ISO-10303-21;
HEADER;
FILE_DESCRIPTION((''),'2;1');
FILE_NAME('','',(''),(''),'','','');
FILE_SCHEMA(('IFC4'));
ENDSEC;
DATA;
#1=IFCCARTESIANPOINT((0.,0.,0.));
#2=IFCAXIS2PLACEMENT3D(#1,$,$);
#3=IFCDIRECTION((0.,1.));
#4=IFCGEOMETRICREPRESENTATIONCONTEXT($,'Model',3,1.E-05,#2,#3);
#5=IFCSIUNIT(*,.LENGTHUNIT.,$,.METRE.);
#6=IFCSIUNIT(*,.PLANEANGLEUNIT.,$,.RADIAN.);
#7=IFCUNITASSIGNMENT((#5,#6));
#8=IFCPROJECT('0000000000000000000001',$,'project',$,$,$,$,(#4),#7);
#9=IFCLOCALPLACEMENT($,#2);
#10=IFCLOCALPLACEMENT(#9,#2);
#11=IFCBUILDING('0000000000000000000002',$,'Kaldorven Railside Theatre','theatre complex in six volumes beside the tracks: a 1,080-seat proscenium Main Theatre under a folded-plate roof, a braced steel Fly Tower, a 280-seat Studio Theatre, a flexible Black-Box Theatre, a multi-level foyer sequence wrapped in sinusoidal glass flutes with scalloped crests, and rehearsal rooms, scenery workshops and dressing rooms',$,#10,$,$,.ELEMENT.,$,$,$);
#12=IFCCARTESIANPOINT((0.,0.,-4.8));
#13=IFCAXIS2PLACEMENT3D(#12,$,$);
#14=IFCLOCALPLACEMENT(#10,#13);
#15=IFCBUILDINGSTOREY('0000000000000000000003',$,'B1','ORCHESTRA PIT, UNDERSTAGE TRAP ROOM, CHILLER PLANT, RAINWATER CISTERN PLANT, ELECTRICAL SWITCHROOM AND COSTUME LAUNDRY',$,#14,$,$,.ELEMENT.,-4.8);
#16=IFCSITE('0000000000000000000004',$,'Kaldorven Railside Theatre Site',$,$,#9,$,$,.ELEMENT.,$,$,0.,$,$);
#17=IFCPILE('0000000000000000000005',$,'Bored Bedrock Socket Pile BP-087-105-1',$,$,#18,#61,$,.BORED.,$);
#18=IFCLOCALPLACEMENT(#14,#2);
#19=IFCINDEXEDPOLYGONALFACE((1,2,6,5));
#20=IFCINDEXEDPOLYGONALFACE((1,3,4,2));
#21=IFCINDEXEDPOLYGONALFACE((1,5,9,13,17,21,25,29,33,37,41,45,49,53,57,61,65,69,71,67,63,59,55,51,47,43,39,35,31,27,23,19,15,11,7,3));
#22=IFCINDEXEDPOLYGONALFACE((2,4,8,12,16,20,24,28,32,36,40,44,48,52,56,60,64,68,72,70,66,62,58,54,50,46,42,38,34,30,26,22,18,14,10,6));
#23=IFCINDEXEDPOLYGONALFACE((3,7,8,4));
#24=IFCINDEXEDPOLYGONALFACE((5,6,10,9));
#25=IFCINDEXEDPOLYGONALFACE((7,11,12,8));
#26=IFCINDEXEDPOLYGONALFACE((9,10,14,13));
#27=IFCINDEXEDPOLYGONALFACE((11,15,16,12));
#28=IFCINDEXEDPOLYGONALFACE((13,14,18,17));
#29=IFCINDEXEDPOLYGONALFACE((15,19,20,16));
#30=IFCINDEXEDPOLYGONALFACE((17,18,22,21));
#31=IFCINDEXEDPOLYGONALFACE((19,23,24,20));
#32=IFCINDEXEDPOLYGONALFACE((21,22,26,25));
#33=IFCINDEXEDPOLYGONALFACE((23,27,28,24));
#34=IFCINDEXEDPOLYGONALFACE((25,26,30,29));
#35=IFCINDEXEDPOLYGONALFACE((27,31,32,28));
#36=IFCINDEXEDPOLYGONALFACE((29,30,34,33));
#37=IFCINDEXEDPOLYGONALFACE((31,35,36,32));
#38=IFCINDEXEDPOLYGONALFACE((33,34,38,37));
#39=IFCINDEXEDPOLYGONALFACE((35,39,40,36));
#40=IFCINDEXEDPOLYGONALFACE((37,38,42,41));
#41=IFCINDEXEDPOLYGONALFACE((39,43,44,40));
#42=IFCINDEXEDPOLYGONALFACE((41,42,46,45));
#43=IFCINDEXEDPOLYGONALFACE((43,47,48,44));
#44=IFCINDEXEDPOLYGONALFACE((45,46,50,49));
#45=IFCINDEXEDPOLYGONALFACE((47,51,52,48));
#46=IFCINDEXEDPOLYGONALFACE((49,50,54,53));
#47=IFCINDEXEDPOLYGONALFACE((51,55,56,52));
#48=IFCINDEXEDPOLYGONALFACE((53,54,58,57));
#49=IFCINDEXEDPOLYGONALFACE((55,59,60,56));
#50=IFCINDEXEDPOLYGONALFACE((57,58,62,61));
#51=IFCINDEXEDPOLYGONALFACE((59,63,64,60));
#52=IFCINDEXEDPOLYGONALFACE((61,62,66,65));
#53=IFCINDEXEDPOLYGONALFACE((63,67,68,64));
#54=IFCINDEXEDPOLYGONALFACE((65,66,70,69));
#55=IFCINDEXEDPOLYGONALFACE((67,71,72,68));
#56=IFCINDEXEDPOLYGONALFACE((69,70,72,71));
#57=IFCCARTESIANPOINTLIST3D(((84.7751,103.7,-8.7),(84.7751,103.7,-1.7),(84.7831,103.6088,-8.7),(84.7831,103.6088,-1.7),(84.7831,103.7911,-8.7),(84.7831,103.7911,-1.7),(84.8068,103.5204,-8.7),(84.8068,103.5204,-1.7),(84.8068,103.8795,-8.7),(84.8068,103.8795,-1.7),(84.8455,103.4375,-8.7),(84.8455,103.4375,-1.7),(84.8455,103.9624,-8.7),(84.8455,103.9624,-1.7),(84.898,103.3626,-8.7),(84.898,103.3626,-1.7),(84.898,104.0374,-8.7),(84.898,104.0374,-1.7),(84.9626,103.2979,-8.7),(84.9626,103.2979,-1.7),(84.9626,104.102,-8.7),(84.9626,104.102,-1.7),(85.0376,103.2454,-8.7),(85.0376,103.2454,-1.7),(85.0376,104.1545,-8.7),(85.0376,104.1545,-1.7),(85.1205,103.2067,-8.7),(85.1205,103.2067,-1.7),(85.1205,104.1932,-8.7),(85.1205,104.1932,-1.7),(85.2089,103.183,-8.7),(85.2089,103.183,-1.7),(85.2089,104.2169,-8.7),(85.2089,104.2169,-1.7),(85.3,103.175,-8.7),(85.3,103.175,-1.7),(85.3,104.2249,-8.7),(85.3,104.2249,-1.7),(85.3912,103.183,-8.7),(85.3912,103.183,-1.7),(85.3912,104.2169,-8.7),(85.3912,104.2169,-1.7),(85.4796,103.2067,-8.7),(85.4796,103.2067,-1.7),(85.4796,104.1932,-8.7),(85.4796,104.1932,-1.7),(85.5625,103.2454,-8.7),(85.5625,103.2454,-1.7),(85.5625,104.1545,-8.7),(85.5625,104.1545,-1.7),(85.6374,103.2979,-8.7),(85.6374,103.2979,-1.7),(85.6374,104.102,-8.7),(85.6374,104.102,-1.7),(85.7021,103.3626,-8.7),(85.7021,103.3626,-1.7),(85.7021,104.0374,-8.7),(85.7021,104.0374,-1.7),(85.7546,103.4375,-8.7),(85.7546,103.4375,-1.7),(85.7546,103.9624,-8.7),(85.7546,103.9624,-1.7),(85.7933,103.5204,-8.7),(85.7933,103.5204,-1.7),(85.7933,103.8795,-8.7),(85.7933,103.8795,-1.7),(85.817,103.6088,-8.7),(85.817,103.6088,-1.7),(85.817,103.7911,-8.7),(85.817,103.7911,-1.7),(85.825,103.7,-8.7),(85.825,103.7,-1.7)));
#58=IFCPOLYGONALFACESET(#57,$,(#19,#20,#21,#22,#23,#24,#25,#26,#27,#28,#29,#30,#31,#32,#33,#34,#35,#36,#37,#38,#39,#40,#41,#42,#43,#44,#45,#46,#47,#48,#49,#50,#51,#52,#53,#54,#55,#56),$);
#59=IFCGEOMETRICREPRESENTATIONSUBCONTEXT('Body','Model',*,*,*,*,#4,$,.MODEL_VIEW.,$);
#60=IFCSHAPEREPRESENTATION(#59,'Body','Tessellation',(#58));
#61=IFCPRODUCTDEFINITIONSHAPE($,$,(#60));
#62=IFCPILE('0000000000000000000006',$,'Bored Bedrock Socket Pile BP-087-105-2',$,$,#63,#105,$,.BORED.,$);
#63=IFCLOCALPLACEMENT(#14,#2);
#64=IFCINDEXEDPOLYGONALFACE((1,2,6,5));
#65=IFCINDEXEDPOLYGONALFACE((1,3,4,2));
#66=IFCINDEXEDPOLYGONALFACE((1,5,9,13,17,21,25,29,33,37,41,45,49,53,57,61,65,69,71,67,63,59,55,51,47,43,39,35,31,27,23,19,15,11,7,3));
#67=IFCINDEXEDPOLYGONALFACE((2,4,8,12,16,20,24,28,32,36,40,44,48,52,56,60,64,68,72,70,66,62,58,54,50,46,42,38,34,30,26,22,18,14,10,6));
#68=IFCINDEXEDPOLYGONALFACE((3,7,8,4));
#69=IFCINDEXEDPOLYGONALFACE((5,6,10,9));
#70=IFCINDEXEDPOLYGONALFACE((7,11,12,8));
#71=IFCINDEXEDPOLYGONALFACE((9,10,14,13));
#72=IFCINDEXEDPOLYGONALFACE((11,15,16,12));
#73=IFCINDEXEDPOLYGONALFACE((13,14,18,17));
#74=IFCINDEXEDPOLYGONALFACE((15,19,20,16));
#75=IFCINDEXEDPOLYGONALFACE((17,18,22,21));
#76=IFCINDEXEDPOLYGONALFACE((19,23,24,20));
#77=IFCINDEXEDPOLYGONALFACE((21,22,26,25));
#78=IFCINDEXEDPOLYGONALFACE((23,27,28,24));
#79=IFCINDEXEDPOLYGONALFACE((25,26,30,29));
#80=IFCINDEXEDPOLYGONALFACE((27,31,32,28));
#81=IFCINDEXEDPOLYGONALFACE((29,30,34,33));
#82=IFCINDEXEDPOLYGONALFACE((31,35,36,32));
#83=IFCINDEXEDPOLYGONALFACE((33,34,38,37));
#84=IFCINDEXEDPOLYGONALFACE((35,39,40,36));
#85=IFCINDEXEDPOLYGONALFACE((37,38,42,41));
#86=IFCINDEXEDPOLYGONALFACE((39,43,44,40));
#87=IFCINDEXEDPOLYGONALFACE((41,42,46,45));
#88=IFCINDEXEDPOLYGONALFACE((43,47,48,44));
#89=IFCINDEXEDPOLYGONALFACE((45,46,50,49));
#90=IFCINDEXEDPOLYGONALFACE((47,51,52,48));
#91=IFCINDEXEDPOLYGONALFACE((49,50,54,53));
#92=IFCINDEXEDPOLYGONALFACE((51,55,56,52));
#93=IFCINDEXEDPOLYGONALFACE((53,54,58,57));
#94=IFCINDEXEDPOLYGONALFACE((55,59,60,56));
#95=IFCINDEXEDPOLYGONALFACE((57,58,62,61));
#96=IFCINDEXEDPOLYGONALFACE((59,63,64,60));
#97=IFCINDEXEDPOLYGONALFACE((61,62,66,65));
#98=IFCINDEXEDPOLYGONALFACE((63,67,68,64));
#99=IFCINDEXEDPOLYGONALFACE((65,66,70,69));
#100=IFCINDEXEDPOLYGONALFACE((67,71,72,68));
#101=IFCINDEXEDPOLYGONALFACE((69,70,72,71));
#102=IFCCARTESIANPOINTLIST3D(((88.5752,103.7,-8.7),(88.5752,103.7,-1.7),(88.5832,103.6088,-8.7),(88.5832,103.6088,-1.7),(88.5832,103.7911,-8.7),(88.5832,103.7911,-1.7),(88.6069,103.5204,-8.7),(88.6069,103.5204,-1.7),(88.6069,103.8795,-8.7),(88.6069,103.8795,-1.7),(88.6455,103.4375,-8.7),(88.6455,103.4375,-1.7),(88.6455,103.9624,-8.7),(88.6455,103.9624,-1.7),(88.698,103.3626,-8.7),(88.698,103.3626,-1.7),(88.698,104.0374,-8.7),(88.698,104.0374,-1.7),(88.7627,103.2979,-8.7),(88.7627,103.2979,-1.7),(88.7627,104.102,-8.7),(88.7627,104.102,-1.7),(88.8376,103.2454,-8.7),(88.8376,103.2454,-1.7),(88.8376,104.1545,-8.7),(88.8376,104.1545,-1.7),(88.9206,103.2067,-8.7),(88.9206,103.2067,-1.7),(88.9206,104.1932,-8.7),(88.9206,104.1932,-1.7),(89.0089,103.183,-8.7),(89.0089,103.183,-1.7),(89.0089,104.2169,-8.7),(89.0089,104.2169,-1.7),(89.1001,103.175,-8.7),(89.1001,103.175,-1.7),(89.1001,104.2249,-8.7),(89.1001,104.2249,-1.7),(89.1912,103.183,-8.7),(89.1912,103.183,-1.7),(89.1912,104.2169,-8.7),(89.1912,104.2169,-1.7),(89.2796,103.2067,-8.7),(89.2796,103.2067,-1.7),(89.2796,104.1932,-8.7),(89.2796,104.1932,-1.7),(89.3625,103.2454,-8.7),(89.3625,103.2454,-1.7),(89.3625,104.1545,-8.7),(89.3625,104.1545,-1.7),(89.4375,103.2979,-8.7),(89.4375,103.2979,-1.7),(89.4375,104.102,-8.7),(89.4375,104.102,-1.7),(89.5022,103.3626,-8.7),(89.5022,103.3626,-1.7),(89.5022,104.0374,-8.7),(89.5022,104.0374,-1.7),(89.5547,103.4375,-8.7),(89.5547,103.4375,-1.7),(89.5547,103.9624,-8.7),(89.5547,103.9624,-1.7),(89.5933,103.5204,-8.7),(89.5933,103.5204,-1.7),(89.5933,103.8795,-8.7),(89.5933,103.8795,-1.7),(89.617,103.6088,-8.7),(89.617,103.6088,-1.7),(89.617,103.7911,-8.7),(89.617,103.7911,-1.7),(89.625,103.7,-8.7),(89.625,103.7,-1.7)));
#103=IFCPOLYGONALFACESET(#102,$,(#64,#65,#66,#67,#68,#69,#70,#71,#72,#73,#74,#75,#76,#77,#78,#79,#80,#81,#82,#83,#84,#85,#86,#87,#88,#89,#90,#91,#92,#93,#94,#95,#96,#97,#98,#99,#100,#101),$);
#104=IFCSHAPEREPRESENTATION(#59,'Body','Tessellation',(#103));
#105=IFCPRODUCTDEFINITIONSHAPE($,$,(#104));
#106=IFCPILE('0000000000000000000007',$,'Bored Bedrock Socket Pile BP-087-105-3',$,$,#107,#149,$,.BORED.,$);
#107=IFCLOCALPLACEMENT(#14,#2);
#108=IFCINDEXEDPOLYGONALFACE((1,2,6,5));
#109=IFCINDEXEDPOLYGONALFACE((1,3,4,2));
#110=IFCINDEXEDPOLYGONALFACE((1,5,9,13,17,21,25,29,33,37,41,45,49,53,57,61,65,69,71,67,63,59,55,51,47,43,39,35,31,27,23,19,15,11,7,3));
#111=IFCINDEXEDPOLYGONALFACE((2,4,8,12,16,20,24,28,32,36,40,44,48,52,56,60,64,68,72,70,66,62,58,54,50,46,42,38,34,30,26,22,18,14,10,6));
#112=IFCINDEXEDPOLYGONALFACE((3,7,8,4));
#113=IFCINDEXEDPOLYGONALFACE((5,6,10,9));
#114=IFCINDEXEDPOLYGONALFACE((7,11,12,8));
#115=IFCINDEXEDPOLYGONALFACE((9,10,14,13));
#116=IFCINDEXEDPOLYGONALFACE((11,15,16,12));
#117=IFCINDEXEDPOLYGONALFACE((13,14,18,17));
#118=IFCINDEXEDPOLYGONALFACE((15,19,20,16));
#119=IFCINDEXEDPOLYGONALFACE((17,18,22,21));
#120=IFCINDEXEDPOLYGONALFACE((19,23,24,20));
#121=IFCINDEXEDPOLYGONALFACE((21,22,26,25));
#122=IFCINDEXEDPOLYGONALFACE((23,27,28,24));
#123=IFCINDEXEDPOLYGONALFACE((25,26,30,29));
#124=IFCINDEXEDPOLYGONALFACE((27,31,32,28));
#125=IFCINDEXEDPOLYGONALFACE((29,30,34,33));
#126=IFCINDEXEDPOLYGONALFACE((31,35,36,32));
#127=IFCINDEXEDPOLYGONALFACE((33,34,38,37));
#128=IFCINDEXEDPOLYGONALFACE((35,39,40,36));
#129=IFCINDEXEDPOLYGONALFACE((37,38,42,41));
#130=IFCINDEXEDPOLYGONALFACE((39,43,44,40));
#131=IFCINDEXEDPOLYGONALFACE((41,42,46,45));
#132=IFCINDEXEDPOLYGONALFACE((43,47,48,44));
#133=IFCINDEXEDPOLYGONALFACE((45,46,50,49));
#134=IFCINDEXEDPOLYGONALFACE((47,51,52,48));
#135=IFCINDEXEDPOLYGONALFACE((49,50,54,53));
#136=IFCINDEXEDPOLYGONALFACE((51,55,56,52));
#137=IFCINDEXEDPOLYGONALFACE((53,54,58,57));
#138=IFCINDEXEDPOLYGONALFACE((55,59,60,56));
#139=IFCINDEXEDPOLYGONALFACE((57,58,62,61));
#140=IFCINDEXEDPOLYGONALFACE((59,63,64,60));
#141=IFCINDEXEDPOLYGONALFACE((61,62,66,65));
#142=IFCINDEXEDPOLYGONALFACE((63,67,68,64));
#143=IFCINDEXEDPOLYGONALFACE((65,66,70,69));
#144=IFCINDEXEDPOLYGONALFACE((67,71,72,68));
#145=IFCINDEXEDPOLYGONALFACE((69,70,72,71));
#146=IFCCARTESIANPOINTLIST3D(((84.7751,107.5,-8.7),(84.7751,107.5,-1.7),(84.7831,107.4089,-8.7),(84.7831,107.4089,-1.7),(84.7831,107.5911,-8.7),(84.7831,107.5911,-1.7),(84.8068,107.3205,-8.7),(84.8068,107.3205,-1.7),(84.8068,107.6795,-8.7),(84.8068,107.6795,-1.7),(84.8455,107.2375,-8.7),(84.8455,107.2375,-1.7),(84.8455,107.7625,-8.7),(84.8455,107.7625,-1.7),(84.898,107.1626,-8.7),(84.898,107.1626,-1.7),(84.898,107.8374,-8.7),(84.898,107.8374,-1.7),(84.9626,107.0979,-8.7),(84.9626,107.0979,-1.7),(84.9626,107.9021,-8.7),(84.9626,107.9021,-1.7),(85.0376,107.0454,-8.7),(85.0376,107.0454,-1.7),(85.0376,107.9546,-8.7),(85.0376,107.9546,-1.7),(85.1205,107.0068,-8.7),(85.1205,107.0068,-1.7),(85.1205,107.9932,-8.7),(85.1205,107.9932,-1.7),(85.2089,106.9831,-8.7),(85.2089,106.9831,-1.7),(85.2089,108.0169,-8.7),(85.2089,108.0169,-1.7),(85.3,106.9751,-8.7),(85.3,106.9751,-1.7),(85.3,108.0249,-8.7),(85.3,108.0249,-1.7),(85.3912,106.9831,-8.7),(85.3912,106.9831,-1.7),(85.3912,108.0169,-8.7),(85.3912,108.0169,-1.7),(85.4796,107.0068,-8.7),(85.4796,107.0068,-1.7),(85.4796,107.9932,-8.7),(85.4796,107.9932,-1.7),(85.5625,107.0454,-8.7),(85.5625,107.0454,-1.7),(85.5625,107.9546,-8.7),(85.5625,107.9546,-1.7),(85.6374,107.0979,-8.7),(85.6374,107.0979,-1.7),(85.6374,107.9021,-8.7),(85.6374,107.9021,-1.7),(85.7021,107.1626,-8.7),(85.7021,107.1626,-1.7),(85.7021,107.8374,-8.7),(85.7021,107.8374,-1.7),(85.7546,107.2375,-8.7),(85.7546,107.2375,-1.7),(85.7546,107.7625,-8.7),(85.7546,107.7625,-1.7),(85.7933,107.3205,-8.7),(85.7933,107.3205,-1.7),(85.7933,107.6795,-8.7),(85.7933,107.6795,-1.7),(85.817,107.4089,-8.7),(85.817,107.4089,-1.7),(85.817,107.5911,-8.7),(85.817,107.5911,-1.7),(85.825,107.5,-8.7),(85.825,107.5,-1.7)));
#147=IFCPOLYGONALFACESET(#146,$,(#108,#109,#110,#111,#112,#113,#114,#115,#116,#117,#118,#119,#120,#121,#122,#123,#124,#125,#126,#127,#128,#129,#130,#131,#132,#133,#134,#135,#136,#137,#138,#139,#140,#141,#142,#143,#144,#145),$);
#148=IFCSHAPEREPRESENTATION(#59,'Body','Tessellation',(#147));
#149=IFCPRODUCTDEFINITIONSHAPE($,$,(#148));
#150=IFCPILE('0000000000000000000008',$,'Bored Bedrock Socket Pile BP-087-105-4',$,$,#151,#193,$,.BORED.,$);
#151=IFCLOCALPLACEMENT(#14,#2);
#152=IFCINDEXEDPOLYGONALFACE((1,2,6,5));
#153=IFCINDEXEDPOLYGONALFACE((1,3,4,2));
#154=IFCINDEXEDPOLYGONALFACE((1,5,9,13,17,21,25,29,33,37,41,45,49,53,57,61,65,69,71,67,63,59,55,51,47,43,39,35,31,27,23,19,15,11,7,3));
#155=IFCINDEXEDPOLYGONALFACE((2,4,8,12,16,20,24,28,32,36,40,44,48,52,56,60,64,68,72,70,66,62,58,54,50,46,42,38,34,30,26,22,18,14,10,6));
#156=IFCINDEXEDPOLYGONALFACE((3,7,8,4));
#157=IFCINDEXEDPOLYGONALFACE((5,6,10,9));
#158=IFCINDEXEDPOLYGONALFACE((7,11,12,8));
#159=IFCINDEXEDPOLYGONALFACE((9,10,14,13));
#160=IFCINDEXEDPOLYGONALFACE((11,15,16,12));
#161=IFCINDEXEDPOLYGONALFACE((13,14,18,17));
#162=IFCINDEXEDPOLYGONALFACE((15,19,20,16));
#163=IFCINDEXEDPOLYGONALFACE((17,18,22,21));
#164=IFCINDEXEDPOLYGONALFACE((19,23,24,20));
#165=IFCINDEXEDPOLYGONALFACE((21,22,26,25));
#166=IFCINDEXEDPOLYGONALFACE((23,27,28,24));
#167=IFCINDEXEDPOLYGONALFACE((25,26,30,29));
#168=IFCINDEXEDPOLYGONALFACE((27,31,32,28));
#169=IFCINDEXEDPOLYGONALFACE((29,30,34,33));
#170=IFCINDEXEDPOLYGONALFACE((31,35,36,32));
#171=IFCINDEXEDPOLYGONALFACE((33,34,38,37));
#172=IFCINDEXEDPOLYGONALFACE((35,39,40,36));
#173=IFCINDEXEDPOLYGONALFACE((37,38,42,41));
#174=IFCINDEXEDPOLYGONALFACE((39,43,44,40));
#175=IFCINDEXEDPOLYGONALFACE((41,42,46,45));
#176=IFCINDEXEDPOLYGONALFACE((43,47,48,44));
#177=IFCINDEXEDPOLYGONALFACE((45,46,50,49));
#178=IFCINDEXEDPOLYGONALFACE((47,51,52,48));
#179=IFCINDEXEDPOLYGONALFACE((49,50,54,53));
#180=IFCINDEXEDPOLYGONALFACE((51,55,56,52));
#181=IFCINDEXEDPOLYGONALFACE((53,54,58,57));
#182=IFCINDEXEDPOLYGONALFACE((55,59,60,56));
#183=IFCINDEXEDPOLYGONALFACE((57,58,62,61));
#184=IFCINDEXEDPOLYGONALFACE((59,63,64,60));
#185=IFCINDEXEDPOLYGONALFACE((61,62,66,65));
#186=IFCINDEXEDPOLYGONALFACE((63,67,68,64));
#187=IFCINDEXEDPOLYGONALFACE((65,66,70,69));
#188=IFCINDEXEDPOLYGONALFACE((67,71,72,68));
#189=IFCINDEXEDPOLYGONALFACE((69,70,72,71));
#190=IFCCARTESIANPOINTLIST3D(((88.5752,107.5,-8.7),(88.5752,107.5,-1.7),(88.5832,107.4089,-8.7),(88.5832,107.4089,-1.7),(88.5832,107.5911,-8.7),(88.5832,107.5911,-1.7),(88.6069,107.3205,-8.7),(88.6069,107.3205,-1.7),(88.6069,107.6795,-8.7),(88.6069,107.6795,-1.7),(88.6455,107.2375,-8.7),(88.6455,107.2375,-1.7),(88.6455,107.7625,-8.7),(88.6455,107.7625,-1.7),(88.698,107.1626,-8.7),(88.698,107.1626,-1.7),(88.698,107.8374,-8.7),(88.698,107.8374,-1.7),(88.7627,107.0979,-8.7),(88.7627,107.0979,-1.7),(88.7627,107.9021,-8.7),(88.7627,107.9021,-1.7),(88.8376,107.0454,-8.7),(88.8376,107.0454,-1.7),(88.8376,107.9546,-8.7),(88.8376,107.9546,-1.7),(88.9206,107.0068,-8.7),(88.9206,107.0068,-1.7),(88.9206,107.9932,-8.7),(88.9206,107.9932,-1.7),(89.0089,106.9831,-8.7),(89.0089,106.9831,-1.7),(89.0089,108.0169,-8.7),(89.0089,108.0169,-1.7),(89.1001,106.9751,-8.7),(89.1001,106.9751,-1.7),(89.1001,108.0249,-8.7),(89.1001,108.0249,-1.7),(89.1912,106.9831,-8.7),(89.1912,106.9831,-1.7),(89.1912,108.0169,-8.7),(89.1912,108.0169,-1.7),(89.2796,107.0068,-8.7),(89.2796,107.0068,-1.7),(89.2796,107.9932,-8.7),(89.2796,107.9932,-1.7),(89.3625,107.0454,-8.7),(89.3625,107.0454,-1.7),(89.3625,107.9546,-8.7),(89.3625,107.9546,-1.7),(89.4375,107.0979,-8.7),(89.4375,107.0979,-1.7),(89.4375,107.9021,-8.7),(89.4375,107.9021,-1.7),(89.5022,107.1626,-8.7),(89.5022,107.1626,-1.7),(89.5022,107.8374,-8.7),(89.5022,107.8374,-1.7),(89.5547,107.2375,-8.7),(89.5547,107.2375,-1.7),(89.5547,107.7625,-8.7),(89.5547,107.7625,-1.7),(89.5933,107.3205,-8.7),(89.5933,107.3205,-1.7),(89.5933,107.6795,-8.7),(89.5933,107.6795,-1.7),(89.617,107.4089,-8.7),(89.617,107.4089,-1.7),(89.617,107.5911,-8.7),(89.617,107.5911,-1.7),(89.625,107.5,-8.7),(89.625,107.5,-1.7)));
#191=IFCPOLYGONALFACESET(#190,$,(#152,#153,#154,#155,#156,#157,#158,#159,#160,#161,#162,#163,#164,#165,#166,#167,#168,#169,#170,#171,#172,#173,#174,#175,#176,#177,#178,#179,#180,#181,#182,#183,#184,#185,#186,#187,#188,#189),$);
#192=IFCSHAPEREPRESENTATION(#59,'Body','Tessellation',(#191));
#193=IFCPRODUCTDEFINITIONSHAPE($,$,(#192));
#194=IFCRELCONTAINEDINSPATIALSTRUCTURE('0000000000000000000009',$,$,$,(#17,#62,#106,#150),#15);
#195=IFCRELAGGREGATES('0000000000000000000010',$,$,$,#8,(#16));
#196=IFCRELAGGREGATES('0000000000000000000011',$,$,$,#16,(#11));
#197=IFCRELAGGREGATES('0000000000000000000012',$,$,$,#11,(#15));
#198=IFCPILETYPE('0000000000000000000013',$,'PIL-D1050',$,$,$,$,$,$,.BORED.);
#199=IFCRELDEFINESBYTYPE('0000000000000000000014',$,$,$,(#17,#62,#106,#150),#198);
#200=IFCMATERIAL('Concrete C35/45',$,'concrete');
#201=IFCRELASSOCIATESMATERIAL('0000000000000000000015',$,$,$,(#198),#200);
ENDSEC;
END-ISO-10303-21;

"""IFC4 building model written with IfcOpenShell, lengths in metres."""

from ifc_helpers import new_model, si_unit, direction, frame, origin, origin_2d, place, context, subcontext, project, spatial, circle, extrude, material, material_profile, profile_set, type_object, element, save


model = new_model("IFC4")

# Units and contexts
model_context = context("Model", 3, precision=1e-05, world=origin(), true_north=direction((0.0, 1.0)))
body_context = subcontext(model_context, "Body", "Model", "MODEL_VIEW")
ifc_project = project(units=[si_unit("LENGTHUNIT", "METRE"), si_unit("PLANEANGLEUNIT", "RADIAN")], contexts=[model_context])

# Site, building, storey
site_placement = place(None, origin())
site = spatial("IfcSite", under=ifc_project, at=site_placement, Name="Kaldorven Railside Theatre Site", CompositionType="ELEMENT", RefElevation=0.0)
building_placement = place(site_placement, origin())
building = spatial("IfcBuilding", under=site, at=building_placement, Name="Kaldorven Railside Theatre", Description="theatre complex in six volumes beside the tracks: a 1,080-seat proscenium Main Theatre under a folded-plate roof, a braced steel Fly Tower, a 280-seat Studio Theatre, a flexible Black-Box Theatre, a multi-level foyer sequence wrapped in sinusoidal glass flutes with scalloped crests, and rehearsal rooms, scenery workshops and dressing rooms", CompositionType="ELEMENT")
storey_placement = place(building_placement, frame((0.0, 0.0, -4.8)))
storey = spatial("IfcBuildingStorey", under=building, at=storey_placement, Name="B1", Description="ORCHESTRA PIT, UNDERSTAGE TRAP ROOM, CHILLER PLANT, RAINWATER CISTERN PLANT, ELECTRICAL SWITCHROOM AND COSTUME LAUNDRY", CompositionType="ELEMENT", Elevation=-4.8)

# Piles
ifc_material_1 = material(Name="Concrete C35/45", Category="concrete")
ifc_material_profile_1 = material_profile(ifc_material_1, circle(Radius=0.5249, at=origin_2d()), Name="BP D1050")
ifc_profile_set_1 = profile_set([ifc_material_profile_1], Name="Concrete C35/45")
pile_type_1 = type_object("IfcPileType", Name="PIL-D1050", PredefinedType="BORED", material=ifc_profile_set_1)
for number, where, z_axis, x_axis, name in (
    (1, (85.3, 103.7, -1.7), (0.0, 0.0, -1.0), (1.0, 0.0, 0.0), "Bored Bedrock Socket Pile BP-087-105-1"),
    (2, (89.1001, 103.7, -1.7), (0.0, 0.0, -1.0), (1.0, 0.0, 0.0), "Bored Bedrock Socket Pile BP-087-105-2"),
    (3, (85.3, 107.5, -1.7), (0.0, 0.0, -1.0), (1.0, 0.0, 0.0), "Bored Bedrock Socket Pile BP-087-105-3"),
    (4, (89.1001, 107.5, -1.7), (0.0, 0.0, -1.0), (1.0, 0.0, 0.0), "Bored Bedrock Socket Pile BP-087-105-4"),
):
    element("IfcPile", number, at=place(storey_placement, frame(where, z_axis=z_axis, x_axis=x_axis)), inside=storey, type_object=pile_type_1, Name=name, PredefinedType="BORED", context=body_context, shape_type="SweptSolid", body=[
        extrude(circle(Radius=0.5249, at=origin_2d()), origin(), (0.0, 0.0, 1.0), 7.0),
    ])

save(model, "model.ifc")
